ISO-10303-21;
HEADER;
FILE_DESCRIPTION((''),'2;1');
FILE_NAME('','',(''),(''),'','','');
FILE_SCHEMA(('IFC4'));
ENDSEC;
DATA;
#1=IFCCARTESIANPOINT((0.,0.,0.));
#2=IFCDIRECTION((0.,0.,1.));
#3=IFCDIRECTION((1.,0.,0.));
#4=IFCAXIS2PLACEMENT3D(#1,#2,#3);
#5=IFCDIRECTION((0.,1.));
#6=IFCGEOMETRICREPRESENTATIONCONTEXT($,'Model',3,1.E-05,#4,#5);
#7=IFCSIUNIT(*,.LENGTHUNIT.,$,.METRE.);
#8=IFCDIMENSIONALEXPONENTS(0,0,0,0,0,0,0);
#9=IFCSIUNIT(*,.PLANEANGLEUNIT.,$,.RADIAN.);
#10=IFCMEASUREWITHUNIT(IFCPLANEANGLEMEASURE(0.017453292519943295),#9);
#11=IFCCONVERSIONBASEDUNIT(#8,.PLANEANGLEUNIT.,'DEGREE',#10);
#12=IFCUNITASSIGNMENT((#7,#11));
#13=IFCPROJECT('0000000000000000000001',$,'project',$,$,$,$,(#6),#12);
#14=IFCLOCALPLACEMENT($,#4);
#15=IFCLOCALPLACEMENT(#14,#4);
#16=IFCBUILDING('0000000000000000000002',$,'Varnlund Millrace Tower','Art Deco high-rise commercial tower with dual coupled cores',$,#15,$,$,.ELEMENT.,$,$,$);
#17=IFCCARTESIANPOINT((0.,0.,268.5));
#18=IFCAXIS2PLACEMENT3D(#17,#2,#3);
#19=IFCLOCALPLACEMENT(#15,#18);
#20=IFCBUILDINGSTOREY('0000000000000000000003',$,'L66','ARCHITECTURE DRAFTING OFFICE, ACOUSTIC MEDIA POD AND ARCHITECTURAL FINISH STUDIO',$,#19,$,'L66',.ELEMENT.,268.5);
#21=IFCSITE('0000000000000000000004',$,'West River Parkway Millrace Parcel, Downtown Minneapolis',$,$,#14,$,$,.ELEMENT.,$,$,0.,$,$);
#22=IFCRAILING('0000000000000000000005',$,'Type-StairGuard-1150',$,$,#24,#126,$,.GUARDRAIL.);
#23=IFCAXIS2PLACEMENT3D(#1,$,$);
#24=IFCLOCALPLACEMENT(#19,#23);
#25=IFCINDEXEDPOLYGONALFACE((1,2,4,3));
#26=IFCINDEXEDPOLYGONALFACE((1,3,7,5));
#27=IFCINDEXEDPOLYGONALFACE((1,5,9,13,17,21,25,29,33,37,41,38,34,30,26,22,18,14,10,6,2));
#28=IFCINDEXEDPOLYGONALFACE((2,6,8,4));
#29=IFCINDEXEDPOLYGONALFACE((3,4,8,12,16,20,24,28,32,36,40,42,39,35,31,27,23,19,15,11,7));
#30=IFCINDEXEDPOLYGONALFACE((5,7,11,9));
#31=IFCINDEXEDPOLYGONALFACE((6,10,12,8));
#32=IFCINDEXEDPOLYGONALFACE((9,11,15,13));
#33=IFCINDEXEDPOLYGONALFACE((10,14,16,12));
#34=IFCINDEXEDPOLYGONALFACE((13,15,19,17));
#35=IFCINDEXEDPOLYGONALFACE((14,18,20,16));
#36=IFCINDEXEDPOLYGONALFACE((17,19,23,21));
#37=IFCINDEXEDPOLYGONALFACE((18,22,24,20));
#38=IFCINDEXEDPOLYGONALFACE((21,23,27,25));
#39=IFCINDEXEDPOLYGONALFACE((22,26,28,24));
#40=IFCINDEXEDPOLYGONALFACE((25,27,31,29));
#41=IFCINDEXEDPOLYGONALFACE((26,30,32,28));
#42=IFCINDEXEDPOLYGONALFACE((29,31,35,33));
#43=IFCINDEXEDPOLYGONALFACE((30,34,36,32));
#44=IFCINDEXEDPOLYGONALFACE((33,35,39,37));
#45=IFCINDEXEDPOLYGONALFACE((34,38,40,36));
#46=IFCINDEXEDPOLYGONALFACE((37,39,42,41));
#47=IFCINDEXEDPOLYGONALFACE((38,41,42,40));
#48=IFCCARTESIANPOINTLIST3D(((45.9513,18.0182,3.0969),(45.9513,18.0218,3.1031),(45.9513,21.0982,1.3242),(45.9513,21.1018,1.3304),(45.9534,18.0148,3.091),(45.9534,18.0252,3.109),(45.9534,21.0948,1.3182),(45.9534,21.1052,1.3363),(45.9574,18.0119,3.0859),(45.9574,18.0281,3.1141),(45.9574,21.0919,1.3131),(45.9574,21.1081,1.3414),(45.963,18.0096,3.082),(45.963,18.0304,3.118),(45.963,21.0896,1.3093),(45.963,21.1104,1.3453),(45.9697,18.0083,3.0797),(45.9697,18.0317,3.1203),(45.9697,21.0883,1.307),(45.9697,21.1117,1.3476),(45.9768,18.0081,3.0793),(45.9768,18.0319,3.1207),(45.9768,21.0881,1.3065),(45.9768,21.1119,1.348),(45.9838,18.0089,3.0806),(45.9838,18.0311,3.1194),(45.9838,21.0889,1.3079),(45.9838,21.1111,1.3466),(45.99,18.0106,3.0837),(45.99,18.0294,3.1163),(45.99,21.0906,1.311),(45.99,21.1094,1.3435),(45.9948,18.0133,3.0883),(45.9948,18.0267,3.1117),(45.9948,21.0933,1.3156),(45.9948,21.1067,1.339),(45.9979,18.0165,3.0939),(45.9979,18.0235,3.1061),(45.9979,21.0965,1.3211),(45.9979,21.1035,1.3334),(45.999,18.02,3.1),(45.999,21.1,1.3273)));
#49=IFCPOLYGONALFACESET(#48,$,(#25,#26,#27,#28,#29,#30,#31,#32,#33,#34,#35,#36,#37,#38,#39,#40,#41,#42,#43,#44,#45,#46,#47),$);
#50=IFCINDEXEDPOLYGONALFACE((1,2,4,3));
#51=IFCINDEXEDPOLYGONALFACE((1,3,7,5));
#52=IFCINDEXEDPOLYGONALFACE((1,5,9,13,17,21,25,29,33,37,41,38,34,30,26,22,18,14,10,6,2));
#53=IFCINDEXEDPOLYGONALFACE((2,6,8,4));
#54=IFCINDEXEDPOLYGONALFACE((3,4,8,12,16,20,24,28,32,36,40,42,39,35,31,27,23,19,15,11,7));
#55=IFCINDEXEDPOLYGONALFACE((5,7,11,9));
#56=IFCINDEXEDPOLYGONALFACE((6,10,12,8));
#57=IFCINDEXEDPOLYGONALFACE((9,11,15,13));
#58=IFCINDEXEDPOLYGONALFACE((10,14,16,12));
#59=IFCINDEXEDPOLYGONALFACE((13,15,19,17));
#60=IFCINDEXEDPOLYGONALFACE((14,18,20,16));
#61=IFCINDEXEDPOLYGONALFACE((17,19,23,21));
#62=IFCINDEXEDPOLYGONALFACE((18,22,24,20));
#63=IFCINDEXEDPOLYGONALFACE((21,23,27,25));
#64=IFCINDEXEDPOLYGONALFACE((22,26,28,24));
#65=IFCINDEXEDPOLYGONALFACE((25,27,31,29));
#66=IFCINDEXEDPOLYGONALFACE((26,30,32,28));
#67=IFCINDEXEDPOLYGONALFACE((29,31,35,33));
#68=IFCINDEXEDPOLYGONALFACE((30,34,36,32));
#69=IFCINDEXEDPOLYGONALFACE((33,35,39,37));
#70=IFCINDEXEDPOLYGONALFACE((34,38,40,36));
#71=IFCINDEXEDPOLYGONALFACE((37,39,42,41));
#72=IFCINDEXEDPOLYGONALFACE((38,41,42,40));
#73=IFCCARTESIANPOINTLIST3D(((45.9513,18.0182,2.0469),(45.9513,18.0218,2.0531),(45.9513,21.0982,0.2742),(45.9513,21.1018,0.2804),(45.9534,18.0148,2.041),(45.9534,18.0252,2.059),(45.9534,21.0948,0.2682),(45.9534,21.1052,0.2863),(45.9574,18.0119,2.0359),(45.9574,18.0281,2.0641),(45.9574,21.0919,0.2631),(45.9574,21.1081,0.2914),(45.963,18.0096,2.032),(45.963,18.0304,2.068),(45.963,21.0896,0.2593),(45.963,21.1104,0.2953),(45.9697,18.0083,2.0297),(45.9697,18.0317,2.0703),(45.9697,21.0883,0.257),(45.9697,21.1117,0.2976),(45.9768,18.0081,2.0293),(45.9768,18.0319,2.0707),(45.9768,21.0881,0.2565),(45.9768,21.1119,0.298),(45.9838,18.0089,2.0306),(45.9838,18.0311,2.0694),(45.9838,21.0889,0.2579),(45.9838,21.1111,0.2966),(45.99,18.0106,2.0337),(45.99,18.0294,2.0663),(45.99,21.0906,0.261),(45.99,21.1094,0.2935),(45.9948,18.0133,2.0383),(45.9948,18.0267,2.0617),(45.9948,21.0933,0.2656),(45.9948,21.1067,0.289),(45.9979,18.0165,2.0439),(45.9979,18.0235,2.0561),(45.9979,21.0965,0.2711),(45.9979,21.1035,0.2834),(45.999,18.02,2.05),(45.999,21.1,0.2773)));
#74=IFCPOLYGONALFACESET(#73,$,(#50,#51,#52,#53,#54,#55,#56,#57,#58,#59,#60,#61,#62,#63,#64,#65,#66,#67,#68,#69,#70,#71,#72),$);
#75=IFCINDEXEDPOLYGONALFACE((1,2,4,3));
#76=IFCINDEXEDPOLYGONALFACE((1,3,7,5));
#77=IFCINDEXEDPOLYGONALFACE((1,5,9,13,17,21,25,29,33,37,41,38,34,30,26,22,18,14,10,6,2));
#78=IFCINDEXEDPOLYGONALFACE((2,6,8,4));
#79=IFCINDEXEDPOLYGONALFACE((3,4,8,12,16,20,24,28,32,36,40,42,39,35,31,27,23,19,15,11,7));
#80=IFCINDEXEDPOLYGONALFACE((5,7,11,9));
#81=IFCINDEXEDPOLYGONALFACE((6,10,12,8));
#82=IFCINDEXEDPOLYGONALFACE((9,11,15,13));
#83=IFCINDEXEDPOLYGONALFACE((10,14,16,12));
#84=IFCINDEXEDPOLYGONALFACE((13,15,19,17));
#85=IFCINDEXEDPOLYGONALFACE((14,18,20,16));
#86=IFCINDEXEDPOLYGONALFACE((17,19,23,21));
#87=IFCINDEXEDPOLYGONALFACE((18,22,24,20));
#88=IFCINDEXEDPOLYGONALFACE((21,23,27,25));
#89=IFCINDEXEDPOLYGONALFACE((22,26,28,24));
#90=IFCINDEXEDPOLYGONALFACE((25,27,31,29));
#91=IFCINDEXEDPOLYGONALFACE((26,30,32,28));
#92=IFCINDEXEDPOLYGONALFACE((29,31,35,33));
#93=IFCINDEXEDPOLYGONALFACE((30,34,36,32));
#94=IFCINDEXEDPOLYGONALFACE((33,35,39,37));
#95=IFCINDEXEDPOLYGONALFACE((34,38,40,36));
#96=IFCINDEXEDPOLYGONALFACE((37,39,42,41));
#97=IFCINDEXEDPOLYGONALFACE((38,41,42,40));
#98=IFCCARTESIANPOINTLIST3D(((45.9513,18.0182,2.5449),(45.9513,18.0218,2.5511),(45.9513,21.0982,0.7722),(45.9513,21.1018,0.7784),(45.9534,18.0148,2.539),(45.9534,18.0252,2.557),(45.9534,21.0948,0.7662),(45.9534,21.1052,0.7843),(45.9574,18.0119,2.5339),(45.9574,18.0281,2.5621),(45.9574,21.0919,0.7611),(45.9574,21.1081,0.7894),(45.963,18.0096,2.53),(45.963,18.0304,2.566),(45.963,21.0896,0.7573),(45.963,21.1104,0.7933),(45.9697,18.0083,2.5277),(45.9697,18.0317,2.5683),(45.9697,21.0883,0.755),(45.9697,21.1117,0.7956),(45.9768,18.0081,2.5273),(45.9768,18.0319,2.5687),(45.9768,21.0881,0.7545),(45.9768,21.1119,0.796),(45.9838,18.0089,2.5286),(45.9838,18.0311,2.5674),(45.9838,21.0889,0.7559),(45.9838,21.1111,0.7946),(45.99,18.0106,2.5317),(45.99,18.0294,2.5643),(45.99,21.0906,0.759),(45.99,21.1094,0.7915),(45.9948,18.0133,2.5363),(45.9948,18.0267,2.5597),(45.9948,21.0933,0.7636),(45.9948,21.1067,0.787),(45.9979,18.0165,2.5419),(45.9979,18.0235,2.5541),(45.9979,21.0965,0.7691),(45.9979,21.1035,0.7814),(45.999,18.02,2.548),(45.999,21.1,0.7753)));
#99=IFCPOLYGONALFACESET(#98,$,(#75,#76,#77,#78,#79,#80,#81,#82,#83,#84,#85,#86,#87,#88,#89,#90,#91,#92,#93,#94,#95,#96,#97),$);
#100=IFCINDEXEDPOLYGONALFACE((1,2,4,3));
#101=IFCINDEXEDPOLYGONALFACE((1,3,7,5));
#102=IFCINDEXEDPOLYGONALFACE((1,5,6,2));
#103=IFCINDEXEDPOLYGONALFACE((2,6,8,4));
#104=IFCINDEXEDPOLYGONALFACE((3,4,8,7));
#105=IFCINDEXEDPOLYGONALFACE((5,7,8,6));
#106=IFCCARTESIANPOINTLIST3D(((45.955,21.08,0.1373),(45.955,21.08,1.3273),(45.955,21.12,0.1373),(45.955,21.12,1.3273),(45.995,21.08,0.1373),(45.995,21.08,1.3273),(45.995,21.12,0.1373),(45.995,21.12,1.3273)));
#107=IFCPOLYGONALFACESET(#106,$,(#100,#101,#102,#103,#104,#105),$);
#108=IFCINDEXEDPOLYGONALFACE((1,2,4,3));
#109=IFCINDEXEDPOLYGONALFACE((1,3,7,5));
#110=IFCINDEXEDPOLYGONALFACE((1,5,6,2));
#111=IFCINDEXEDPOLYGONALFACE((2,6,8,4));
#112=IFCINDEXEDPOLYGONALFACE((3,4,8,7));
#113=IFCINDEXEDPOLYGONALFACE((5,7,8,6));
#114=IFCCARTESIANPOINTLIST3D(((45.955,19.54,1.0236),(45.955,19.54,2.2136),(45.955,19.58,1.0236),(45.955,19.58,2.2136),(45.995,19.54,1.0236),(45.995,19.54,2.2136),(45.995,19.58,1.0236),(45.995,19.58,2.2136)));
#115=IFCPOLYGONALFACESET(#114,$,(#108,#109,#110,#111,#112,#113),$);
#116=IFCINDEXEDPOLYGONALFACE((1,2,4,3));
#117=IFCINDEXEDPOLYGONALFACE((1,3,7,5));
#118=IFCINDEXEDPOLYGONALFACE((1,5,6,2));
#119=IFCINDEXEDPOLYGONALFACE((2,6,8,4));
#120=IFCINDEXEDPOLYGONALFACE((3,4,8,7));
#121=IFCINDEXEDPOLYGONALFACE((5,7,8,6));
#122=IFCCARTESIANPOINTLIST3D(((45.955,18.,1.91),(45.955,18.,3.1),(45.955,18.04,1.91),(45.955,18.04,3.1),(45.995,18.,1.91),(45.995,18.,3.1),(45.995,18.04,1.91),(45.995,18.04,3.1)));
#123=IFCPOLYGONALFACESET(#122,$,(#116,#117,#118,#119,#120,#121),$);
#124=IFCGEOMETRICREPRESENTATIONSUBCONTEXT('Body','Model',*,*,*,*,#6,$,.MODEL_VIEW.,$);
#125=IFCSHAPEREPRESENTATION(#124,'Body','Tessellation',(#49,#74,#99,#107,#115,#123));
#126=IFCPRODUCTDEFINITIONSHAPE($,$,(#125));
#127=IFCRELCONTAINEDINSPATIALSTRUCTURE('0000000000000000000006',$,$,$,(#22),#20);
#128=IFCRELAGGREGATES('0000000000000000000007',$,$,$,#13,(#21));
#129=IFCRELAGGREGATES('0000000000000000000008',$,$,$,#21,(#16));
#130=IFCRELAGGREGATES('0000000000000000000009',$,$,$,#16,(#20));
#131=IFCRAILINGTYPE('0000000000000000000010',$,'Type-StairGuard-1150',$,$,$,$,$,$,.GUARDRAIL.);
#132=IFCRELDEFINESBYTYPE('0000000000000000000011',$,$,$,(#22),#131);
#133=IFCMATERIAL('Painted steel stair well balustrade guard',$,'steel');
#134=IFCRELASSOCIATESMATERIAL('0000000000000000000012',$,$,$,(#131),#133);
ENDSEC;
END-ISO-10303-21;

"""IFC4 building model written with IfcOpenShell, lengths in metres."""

from ifc_helpers import new_model, entity, si_unit, converted_unit, direction, frame, origin_with_axes, origin_2d_with_axis, place, context, subcontext, project, spatial, rectangle, circle, extrude, material, type_object, element, save


model = new_model("IFC4")

# Units and contexts
model_context = context("Model", 3, precision=1e-05, world=origin_with_axes(), true_north=direction((0.0, 1.0)))
body_context = subcontext(model_context, "Body", "Model", "MODEL_VIEW")
ifc_project = project(units=[si_unit("LENGTHUNIT", "METRE"), converted_unit("PLANEANGLEUNIT", "DEGREE", entity("IfcPlaneAngleMeasure", 0.017453292519943295), si_unit("PLANEANGLEUNIT", "RADIAN"), dimensions=[0, 0, 0, 0, 0, 0, 0])], contexts=[model_context])

# Site, building, storey
site_placement = place(None, origin_with_axes())
site = spatial("IfcSite", under=ifc_project, at=site_placement, Name="West River Parkway Millrace Parcel, Downtown Minneapolis", CompositionType="ELEMENT", RefElevation=0.0)
building_placement = place(site_placement, origin_with_axes())
building = spatial("IfcBuilding", under=site, at=building_placement, Name="Varnlund Millrace Tower", Description="Art Deco high-rise commercial tower with dual coupled cores", CompositionType="ELEMENT")
storey_placement = place(building_placement, frame((0.0, 0.0, 268.5), z_axis=(0.0, 0.0, 1.0), x_axis=(1.0, 0.0, 0.0)))
storey = spatial("IfcBuildingStorey", under=building, at=storey_placement, Name="L66", Description="ARCHITECTURE DRAFTING OFFICE, ACOUSTIC MEDIA POD AND ARCHITECTURAL FINISH STUDIO", LongName="L66", CompositionType="ELEMENT", Elevation=268.5)

# Railing
ifc_material_1 = material(Name="Painted steel stair well balustrade guard", Category="steel")
railing_type_1 = type_object("IfcRailingType", Name="Type-StairGuard-1150", PredefinedType="GUARDRAIL", material=ifc_material_1)
railing_1_placement = place(storey_placement, frame((0.0, 0.0, -268.5), z_axis=(0.0, 0.0, 1.0), x_axis=(1.0, 0.0, 0.0)))
element("IfcRailing", 1, at=railing_1_placement, inside=storey, type_object=railing_type_1, Name="Type-StairGuard-1150", PredefinedType="GUARDRAIL", context=body_context, shape_type="SweptSolid", body=[
    extrude(circle(Radius=0.024, at=origin_2d_with_axis()), frame((45.975, 21.1, 269.8273), z_axis=(0.0, -0.866696, 0.498836), x_axis=(1.0, 0.0, 0.0)), (0.0, 0.0, 1.0), 3.5537),
    extrude(circle(Radius=0.024, at=origin_2d_with_axis()), frame((45.975, 21.1, 268.7773), z_axis=(0.0, -0.866696, 0.498836), x_axis=(1.0, 0.0, 0.0)), (0.0, 0.0, 1.0), 3.5537),
    extrude(circle(Radius=0.024, at=origin_2d_with_axis()), frame((45.975, 21.1, 269.2753), z_axis=(0.0, -0.866696, 0.498836), x_axis=(1.0, 0.0, 0.0)), (0.0, 0.0, 1.0), 3.5537),
    extrude(rectangle(XDim=0.04, YDim=0.04, at=origin_2d_with_axis()), frame((45.975, 21.1, 268.6373), z_axis=(0.0, 0.0, 1.0), x_axis=(1.0, 0.0, 0.0)), (0.0, 0.0, 1.0), 1.19),
    extrude(rectangle(XDim=0.04, YDim=0.04, at=origin_2d_with_axis()), frame((45.975, 19.56, 269.5236), z_axis=(0.0, 0.0, 1.0), x_axis=(1.0, 0.0, 0.0)), (0.0, 0.0, 1.0), 1.19),
    extrude(rectangle(XDim=0.04, YDim=0.04, at=origin_2d_with_axis()), frame((45.975, 18.02, 270.41), z_axis=(0.0, 0.0, 1.0), x_axis=(1.0, 0.0, 0.0)), (0.0, 0.0, 1.0), 1.19),
])

save(model, "model.ifc")
